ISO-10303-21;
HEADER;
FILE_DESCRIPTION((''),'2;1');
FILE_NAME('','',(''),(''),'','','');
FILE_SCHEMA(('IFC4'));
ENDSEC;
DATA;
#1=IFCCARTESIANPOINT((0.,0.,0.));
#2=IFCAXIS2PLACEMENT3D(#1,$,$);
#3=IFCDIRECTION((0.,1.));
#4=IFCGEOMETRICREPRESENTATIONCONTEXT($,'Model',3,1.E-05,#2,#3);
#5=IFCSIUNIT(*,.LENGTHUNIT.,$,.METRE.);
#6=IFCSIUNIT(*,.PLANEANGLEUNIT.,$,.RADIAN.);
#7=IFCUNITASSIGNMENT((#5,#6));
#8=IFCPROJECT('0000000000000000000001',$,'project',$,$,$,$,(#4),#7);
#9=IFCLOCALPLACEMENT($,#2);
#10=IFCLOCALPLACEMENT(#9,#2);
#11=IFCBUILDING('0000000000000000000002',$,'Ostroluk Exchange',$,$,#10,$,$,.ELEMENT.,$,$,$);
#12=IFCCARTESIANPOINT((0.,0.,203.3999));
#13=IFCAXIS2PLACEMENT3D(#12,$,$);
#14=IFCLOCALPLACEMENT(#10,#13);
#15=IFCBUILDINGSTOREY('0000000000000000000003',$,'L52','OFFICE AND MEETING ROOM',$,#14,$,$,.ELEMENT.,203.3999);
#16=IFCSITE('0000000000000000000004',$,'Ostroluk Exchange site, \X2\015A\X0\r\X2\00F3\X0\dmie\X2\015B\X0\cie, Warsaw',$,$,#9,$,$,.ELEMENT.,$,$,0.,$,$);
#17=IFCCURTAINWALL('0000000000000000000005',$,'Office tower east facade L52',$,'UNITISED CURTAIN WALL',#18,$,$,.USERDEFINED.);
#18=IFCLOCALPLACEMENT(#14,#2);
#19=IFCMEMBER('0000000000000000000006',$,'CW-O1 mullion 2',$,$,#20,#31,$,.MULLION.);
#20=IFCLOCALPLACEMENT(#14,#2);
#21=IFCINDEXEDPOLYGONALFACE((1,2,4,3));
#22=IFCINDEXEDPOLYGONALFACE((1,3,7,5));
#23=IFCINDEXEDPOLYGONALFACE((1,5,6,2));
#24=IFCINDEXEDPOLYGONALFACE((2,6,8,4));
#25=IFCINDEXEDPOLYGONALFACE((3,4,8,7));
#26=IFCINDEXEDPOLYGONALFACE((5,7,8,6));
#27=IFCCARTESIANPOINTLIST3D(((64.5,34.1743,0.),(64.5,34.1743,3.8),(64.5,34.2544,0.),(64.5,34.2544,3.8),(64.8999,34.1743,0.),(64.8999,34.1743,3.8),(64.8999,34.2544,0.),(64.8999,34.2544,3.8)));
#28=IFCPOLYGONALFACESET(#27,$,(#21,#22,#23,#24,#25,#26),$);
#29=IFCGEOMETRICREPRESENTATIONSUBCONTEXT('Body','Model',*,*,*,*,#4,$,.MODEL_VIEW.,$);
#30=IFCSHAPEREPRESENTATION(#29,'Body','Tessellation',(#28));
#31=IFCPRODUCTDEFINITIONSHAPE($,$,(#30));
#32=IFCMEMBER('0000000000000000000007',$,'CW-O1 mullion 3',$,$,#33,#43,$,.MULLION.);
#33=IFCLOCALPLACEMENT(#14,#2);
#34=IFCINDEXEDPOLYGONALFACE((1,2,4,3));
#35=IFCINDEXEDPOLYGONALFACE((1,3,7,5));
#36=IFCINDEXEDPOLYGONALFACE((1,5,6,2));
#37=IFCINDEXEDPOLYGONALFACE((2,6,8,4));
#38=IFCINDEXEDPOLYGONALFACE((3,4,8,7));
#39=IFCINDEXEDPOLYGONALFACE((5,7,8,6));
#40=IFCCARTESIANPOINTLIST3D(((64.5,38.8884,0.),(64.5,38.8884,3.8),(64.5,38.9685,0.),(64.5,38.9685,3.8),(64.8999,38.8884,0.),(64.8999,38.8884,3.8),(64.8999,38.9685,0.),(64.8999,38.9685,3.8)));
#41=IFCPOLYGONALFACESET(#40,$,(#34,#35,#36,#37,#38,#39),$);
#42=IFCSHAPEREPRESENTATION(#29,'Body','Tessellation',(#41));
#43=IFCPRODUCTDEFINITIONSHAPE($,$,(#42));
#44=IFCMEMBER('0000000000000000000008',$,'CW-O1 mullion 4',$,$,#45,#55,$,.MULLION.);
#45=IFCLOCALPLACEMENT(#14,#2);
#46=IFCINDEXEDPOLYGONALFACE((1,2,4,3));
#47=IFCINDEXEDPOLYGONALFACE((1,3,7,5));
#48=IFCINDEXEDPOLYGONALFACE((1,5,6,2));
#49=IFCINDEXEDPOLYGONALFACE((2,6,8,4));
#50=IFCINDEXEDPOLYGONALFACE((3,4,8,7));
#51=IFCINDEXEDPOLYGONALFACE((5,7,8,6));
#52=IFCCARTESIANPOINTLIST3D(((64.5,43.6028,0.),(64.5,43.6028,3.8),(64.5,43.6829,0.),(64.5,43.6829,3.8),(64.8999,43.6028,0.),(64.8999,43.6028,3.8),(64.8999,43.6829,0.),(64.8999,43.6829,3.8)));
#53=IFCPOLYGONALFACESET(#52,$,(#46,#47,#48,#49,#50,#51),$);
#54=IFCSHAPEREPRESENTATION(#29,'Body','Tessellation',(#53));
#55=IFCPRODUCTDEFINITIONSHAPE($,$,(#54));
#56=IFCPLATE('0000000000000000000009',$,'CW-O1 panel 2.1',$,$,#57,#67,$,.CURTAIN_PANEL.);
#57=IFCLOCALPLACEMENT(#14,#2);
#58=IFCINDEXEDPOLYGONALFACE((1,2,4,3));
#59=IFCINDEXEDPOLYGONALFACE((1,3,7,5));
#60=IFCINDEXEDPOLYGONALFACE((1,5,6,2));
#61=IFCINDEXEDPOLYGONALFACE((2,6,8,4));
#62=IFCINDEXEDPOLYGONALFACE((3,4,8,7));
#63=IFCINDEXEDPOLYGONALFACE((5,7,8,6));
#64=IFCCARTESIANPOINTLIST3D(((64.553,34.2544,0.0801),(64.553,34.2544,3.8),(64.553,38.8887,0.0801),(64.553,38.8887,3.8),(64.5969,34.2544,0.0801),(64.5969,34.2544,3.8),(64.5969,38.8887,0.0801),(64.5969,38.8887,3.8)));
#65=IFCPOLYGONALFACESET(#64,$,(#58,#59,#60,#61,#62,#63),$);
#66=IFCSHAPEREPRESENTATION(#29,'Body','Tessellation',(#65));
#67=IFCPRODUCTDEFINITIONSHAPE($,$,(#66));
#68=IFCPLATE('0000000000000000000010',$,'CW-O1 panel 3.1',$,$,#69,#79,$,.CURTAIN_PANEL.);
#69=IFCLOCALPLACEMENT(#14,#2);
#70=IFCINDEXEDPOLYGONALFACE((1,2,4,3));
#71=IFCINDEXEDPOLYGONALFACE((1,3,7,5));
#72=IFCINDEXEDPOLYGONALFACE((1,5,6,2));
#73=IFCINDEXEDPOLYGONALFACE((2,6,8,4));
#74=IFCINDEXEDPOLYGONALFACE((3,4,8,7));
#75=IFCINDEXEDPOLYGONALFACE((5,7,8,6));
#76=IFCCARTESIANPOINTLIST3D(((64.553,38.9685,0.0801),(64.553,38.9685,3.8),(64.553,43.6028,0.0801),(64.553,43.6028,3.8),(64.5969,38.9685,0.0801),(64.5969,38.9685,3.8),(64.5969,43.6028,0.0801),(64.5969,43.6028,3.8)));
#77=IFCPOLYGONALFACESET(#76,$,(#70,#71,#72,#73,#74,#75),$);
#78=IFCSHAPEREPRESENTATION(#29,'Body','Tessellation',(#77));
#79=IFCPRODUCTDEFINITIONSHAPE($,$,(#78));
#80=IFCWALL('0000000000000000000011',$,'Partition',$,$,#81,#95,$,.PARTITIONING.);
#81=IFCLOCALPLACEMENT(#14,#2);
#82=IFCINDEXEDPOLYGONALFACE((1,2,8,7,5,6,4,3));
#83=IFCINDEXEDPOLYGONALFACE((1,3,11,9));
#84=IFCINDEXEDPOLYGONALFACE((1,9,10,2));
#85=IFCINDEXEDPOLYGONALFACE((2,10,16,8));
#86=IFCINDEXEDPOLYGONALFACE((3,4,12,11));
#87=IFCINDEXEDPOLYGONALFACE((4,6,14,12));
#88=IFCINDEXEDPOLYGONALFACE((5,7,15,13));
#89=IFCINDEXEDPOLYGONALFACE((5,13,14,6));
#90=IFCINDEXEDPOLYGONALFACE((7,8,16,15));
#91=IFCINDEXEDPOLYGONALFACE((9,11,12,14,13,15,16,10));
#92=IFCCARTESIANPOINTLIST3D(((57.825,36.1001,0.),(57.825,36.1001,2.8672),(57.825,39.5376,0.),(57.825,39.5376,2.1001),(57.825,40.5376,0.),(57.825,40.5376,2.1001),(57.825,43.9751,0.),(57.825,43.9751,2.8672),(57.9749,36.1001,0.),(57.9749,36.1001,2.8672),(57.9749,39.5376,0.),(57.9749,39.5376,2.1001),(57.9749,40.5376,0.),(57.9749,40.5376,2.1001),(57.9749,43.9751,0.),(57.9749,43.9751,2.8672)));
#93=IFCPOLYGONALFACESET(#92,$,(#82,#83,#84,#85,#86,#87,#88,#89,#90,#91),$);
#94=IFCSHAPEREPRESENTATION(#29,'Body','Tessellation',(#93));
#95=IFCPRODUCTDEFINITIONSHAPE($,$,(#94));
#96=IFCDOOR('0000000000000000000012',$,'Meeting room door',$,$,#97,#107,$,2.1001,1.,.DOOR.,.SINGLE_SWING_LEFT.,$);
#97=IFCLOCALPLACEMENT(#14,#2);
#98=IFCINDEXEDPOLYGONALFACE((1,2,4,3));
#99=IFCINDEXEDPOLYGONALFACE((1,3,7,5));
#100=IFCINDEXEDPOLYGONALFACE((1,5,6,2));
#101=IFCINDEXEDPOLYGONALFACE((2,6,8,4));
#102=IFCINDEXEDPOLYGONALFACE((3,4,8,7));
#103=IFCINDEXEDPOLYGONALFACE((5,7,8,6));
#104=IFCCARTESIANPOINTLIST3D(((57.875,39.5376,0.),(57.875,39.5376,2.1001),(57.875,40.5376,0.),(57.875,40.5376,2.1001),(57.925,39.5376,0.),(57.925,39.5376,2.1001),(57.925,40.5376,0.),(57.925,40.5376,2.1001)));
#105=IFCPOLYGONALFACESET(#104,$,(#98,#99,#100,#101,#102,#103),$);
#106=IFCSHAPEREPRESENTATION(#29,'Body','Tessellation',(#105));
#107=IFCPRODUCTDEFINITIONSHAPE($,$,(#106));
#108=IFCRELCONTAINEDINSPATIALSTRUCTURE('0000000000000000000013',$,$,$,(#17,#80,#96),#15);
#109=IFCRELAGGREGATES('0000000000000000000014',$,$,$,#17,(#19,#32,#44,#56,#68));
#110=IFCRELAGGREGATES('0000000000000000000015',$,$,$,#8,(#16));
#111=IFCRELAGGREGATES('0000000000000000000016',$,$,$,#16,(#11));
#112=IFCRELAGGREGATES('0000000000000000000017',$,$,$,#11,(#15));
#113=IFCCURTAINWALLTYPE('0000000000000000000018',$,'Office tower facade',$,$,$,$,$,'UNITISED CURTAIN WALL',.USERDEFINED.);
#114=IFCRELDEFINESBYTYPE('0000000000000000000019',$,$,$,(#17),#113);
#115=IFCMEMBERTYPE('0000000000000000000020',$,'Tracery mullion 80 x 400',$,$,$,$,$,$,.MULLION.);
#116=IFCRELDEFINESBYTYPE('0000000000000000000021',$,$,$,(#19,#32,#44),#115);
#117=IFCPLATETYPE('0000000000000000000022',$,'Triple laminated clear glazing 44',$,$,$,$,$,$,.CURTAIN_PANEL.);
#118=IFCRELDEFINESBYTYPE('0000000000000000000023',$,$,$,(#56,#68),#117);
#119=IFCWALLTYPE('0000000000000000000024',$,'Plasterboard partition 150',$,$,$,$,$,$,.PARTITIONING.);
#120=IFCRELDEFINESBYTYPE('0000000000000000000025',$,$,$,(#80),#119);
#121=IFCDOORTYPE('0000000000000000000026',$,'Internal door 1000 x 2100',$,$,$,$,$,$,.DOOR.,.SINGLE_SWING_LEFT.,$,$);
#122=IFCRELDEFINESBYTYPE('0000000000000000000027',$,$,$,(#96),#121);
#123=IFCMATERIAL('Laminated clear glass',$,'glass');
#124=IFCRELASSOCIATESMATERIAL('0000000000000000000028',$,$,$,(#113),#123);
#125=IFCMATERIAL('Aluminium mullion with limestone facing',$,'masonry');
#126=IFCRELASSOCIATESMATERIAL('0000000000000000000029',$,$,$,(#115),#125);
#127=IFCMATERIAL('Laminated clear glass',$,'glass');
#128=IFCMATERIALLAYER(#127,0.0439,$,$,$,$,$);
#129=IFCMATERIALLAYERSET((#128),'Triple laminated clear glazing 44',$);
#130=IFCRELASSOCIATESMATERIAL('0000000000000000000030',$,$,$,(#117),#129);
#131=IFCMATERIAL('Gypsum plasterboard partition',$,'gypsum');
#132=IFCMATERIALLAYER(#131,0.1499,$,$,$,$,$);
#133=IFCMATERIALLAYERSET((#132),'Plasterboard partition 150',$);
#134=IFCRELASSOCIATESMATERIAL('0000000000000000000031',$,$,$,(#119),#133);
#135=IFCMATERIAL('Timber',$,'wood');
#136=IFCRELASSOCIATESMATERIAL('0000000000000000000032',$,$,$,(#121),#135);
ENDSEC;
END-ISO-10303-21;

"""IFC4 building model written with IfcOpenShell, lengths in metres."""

from ifc_helpers import new_model, si_unit, direction, frame, frame_2d, origin, origin_2d, place, context, subcontext, project, spatial, rectangle, extrude, material, layer, layer_set, material_profile, profile_set, type_object, element, fill, aggregate, save


model = new_model("IFC4")

# Units and contexts
model_context = context("Model", 3, precision=1e-05, world=origin(), true_north=direction((0.0, 1.0)))
body_context = subcontext(model_context, "Body", "Model", "MODEL_VIEW")
ifc_project = project(units=[si_unit("LENGTHUNIT", "METRE"), si_unit("PLANEANGLEUNIT", "RADIAN")], contexts=[model_context])

# Site, building, storey
site_placement = place(None, origin())
site = spatial("IfcSite", under=ifc_project, at=site_placement, Name="Ostroluk Exchange site, Śródmieście, Warsaw", CompositionType="ELEMENT", RefElevation=0.0)
building_placement = place(site_placement, origin())
building = spatial("IfcBuilding", under=site, at=building_placement, Name="Ostroluk Exchange", CompositionType="ELEMENT")
storey_placement = place(building_placement, frame((0.0, 0.0, 203.3999)))
storey = spatial("IfcBuildingStorey", under=building, at=storey_placement, Name="L52", Description="OFFICE AND MEETING ROOM", CompositionType="ELEMENT", Elevation=203.3999)

# Curtain wall, members, plates
ifc_material_1 = material(Name="Laminated clear glass", Category="glass")
curtain_wall_type = type_object("IfcCurtainWallType", Name="Office tower facade", ElementType="UNITISED CURTAIN WALL", PredefinedType="USERDEFINED", material=ifc_material_1)
curtain_wall_placement = place(storey_placement, origin())
curtain_wall = element("IfcCurtainWall", 1, at=curtain_wall_placement, inside=storey, type_object=curtain_wall_type, Name="Office tower east facade L52", ObjectType="UNITISED CURTAIN WALL", PredefinedType="USERDEFINED")
ifc_material_2 = material(Name="Aluminium mullion with limestone facing", Category="masonry")
ifc_material_profile_1 = material_profile(ifc_material_2, rectangle(XDim=0.3999, YDim=0.0801, at=origin_2d()), Name="Tracery mullion 80 x 400")
ifc_profile_set_1 = profile_set([ifc_material_profile_1], Name="Aluminium mullion with limestone facing")
member_type_1 = type_object("IfcMemberType", Name="Tracery mullion 80 x 400", PredefinedType="MULLION", material=ifc_profile_set_1)
member_1_placement = place(storey_placement, frame((64.7, 34.2144, 0.0), z_axis=(0.0, 0.0, 1.0), x_axis=(-1.0, 0.0, 0.0)))
member_1 = element("IfcMember", 2, at=member_1_placement, type_object=member_type_1, Name="CW-O1 mullion 2", PredefinedType="MULLION", context=body_context, shape_type="SweptSolid", body=[
    extrude(rectangle(XDim=0.3999, YDim=0.0801, at=origin_2d()), origin(), (0.0, 0.0, 1.0), 3.8),
])
member_2_placement = place(storey_placement, frame((64.7, 38.9285, 0.0), z_axis=(0.0, 0.0, 1.0), x_axis=(-1.0, 0.0, 0.0)))
member_2 = element("IfcMember", 3, at=member_2_placement, type_object=member_type_1, Name="CW-O1 mullion 3", PredefinedType="MULLION", context=body_context, shape_type="SweptSolid", body=[
    extrude(rectangle(XDim=0.3999, YDim=0.0801, at=origin_2d()), origin(), (0.0, 0.0, 1.0), 3.8),
])
member_3_placement = place(storey_placement, frame((64.7, 43.6428, 0.0), z_axis=(0.0, 0.0, 1.0), x_axis=(-1.0, 0.0, 0.0)))
member_3 = element("IfcMember", 4, at=member_3_placement, type_object=member_type_1, Name="CW-O1 mullion 4", PredefinedType="MULLION", context=body_context, shape_type="SweptSolid", body=[
    extrude(rectangle(XDim=0.3999, YDim=0.0801, at=origin_2d()), origin(), (0.0, 0.0, 1.0), 3.8),
])
ifc_material_3 = material(Name="Laminated clear glass", Category="glass")
ifc_layer_1 = layer(ifc_material_3, 0.0439)
ifc_layer_set_1 = layer_set([ifc_layer_1], Name="Triple laminated clear glazing 44")
plate_type = type_object("IfcPlateType", Name="Triple laminated clear glazing 44", PredefinedType="CURTAIN_PANEL", material=ifc_layer_set_1)
plate_1_placement = place(storey_placement, frame((64.575, 36.5715, 0.0801), z_axis=(0.0, 0.0, 1.0), x_axis=(0.0, 1.0, 0.0)))
plate_1 = element("IfcPlate", 5, at=plate_1_placement, type_object=plate_type, Name="CW-O1 panel 2.1", PredefinedType="CURTAIN_PANEL", context=body_context, shape_type="SweptSolid", body=[
    extrude(rectangle(XDim=4.6343, YDim=0.0439, at=origin_2d()), origin(), (0.0, 0.0, 1.0), 3.72),
])
plate_2_placement = place(storey_placement, frame((64.575, 41.2856, 0.0801), z_axis=(0.0, 0.0, 1.0), x_axis=(0.0, 1.0, 0.0)))
plate_2 = element("IfcPlate", 6, at=plate_2_placement, type_object=plate_type, Name="CW-O1 panel 3.1", PredefinedType="CURTAIN_PANEL", context=body_context, shape_type="SweptSolid", body=[
    extrude(rectangle(XDim=4.6343, YDim=0.0439, at=origin_2d()), origin(), (0.0, 0.0, 1.0), 3.72),
])
aggregate(curtain_wall, [member_1, member_2, member_3, plate_1, plate_2])

# Wall, opening, door
ifc_material_4 = material(Name="Gypsum plasterboard partition", Category="gypsum")
ifc_layer_2 = layer(ifc_material_4, 0.1499)
ifc_layer_set_2 = layer_set([ifc_layer_2], Name="Plasterboard partition 150")
wall_type = type_object("IfcWallType", Name="Plasterboard partition 150", PredefinedType="PARTITIONING", material=ifc_layer_set_2)
wall_1_placement = place(storey_placement, frame((57.8999, 36.1001, 0.0), z_axis=(0.0, 0.0, 1.0), x_axis=(0.0, 1.0, 0.0)))
wall_1 = element("IfcWall", 7, at=wall_1_placement, inside=storey, type_object=wall_type, Name="Partition", PredefinedType="PARTITIONING", context=body_context, shape_type="SweptSolid", body=[
    extrude(rectangle(XDim=7.875, YDim=0.1499, at=frame_2d((3.9375, 0.0))), origin(), (0.0, 0.0, 1.0), 2.8672),
])
opening_1_placement = place(wall_1_placement, frame((3.4375, 0.0, 0.0)))
opening_1 = element("IfcOpeningElement", 8, at=opening_1_placement, cuts=wall_1, PredefinedType="OPENING", context=body_context, shape_type="SweptSolid", body=[
    extrude(rectangle(XDim=1.0, YDim=2.1001, at=frame_2d((0.5, 1.05))), frame((0.0, 0.085, 0.0), z_axis=(0.0, -1.0, 0.0), x_axis=(1.0, 0.0, 0.0)), (0.0, 0.0, 1.0), 0.1699),
])
ifc_material_5 = material(Name="Timber", Category="wood")
door_type = type_object("IfcDoorType", Name="Internal door 1000 x 2100", OperationType="SINGLE_SWING_LEFT", PredefinedType="DOOR", material=ifc_material_5)
door_1_placement = place(opening_1_placement, origin())
door_1 = element("IfcDoor", 9, at=door_1_placement, inside=storey, type_object=door_type, Name="Meeting room door", OperationType="SINGLE_SWING_LEFT", OverallHeight=2.1001, OverallWidth=1.0, PredefinedType="DOOR", context=body_context, shape_type="SweptSolid", body=[
    extrude(rectangle(XDim=1.0, YDim=2.1001, at=frame_2d((0.5, 1.05))), frame((0.0, 0.0249, 0.0), z_axis=(0.0, -1.0, 0.0), x_axis=(1.0, 0.0, 0.0)), (0.0, 0.0, 1.0), 0.05),
])
fill(opening_1, door_1)

save(model, "model.ifc")
